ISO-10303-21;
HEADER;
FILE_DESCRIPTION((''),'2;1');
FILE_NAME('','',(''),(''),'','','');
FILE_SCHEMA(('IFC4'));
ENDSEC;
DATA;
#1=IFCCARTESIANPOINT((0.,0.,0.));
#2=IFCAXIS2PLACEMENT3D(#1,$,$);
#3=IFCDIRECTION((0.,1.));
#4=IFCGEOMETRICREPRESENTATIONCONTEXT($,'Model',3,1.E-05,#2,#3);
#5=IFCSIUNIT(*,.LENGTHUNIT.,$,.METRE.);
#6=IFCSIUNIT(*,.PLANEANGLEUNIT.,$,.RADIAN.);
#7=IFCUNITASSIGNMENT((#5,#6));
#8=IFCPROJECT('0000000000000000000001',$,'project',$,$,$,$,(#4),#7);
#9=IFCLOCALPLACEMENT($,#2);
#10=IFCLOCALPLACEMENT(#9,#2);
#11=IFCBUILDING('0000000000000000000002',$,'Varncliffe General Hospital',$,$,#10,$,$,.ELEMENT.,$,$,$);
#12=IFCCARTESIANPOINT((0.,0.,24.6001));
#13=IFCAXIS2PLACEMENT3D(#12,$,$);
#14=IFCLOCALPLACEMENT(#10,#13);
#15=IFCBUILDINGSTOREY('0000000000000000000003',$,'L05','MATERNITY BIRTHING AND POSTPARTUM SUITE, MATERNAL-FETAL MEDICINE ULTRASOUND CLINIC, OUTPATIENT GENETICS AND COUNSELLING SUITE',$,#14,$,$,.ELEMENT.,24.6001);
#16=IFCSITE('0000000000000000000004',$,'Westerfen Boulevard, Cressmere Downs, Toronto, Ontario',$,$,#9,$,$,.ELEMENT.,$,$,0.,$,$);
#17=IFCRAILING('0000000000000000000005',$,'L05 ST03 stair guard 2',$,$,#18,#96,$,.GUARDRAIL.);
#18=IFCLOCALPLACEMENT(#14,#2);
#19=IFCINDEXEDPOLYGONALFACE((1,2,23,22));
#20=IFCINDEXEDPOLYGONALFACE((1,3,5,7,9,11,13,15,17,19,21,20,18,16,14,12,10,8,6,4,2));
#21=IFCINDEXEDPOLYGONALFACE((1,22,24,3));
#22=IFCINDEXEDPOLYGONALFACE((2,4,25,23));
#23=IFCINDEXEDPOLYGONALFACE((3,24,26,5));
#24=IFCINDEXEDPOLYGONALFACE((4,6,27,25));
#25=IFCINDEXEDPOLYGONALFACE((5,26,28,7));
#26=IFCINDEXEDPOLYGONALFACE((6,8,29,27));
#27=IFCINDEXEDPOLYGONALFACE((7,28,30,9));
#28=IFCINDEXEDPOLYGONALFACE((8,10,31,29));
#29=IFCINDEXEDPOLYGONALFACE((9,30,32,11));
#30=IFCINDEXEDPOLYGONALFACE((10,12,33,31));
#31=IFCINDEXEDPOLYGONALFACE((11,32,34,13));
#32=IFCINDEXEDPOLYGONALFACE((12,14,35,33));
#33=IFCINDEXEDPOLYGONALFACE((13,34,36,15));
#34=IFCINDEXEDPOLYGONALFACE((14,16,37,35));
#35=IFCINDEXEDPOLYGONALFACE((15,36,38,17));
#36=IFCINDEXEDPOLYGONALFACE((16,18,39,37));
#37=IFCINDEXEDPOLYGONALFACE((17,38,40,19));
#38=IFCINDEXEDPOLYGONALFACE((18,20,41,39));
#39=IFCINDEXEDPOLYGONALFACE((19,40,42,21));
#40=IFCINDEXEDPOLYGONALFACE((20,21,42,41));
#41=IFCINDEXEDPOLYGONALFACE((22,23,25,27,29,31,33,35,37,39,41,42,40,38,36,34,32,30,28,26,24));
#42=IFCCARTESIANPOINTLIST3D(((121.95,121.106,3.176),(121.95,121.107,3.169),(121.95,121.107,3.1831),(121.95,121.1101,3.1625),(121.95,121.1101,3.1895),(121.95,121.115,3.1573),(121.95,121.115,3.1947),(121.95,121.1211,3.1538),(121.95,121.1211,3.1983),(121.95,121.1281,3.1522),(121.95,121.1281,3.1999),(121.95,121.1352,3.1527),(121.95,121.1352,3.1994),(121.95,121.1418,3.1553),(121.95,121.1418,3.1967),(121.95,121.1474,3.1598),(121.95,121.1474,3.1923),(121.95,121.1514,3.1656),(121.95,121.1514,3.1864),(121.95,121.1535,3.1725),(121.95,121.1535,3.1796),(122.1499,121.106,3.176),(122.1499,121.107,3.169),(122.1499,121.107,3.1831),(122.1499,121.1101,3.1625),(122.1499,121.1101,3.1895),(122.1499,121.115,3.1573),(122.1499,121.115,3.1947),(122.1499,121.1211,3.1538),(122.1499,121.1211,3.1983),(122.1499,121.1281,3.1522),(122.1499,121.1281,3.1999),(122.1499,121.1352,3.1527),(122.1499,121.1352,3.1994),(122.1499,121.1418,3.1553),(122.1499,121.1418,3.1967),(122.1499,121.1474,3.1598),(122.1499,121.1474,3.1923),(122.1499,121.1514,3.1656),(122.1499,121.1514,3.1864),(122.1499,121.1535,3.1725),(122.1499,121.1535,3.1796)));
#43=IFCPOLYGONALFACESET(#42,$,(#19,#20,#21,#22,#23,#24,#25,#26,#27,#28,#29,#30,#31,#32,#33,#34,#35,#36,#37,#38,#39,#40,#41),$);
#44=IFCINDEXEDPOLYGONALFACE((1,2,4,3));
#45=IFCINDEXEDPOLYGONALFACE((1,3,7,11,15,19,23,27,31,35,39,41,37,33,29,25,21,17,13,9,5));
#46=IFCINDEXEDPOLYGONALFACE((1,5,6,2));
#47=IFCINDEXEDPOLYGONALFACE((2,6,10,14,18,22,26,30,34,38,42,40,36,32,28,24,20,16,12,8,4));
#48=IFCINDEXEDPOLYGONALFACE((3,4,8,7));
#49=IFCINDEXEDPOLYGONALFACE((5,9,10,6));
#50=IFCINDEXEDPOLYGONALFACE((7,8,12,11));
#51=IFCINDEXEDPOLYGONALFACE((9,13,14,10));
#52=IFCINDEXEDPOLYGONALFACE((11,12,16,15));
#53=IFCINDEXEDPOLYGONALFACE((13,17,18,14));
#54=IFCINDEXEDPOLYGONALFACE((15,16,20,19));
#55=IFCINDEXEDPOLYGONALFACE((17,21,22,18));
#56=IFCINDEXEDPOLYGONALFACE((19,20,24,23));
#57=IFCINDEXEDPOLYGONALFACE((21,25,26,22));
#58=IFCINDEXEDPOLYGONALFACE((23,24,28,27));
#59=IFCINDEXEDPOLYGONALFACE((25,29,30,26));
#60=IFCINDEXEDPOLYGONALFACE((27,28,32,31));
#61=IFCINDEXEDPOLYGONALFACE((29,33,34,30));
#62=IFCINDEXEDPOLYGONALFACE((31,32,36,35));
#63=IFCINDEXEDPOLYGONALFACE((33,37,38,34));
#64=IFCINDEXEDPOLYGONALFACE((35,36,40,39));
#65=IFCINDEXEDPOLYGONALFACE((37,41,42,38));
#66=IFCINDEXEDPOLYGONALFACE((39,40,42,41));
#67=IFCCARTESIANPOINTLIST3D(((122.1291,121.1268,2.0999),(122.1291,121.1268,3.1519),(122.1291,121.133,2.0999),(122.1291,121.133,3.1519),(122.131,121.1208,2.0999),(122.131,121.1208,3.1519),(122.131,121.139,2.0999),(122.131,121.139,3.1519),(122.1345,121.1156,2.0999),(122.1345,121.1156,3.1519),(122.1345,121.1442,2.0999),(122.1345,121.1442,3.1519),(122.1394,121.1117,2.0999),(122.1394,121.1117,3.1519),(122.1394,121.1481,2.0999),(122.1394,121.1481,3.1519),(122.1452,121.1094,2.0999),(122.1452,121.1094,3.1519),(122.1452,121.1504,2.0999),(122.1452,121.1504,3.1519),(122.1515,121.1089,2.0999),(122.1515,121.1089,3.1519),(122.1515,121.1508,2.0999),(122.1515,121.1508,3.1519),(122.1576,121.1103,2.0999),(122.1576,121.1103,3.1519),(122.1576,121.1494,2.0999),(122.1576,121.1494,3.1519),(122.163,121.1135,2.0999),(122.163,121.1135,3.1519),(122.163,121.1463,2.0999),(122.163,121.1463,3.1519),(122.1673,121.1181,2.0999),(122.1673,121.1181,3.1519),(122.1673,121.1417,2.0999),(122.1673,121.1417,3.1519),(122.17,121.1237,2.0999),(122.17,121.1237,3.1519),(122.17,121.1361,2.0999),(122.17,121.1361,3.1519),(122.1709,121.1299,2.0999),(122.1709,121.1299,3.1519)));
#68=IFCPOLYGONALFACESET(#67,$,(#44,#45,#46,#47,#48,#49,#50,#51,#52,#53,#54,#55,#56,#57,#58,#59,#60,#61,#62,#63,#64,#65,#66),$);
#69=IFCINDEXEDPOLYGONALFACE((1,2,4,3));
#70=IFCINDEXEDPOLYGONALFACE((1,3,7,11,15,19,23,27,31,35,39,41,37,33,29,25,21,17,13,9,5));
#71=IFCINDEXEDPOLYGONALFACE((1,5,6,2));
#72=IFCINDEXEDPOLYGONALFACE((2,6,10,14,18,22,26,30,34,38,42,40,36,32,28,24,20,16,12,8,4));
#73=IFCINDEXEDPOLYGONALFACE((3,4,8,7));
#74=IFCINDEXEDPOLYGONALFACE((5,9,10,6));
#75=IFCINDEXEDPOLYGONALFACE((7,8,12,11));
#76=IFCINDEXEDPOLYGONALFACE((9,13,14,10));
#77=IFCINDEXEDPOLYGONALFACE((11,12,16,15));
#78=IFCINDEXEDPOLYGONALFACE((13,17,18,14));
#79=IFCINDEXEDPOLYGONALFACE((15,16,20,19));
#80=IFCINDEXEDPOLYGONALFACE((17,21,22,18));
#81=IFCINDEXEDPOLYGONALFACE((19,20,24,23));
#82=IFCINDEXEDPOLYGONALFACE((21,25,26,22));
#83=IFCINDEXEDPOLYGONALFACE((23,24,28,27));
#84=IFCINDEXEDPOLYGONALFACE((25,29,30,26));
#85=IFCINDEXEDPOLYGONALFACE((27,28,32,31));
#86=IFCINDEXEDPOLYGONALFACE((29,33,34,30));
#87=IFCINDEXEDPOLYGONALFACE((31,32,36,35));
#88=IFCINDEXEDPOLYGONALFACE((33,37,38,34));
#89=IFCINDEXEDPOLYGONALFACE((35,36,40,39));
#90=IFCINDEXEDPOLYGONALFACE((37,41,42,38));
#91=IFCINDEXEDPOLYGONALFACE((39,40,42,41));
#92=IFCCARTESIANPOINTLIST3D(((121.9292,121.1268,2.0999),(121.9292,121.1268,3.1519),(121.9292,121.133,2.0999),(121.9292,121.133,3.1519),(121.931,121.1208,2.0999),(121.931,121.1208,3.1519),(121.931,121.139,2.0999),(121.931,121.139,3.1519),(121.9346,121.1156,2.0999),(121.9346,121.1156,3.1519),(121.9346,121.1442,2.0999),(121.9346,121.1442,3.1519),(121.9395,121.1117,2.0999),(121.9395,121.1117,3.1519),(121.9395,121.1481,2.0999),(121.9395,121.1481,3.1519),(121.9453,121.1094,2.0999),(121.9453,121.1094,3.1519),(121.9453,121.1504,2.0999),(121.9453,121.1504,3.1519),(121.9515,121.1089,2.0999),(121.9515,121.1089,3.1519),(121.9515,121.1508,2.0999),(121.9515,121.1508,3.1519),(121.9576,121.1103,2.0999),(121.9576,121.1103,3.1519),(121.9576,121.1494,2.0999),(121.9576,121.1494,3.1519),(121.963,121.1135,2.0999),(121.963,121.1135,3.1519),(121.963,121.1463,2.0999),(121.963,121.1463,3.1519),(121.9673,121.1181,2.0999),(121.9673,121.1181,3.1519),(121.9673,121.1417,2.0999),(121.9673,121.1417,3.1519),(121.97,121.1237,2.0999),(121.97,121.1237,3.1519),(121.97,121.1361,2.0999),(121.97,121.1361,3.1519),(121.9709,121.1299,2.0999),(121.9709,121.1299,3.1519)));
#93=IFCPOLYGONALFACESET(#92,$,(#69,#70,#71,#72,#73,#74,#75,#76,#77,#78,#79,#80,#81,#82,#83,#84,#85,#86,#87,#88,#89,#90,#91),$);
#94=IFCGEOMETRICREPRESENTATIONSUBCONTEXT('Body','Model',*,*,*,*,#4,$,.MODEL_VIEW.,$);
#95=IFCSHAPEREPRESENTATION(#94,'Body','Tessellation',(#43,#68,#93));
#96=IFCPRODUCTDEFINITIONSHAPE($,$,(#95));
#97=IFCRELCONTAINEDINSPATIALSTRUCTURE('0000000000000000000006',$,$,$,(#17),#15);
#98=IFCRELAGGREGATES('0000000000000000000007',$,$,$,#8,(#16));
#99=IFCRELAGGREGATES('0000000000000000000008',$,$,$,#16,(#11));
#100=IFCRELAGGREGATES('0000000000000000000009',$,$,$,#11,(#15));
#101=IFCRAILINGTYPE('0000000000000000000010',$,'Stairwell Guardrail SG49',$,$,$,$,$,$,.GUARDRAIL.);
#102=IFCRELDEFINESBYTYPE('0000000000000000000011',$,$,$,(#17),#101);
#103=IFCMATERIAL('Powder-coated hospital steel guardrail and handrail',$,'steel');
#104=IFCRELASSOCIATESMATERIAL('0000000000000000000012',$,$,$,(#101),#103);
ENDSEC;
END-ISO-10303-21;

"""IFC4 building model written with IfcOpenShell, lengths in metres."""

from ifc_helpers import new_model, si_unit, direction, frame, origin, origin_2d, place, context, subcontext, project, spatial, circle, extrude, material, type_object, element, save


model = new_model("IFC4")

# Units and contexts
model_context = context("Model", 3, precision=1e-05, world=origin(), true_north=direction((0.0, 1.0)))
body_context = subcontext(model_context, "Body", "Model", "MODEL_VIEW")
ifc_project = project(units=[si_unit("LENGTHUNIT", "METRE"), si_unit("PLANEANGLEUNIT", "RADIAN")], contexts=[model_context])

# Site, building, storey
site_placement = place(None, origin())
site = spatial("IfcSite", under=ifc_project, at=site_placement, Name="Westerfen Boulevard, Cressmere Downs, Toronto, Ontario", CompositionType="ELEMENT", RefElevation=0.0)
building_placement = place(site_placement, origin())
building = spatial("IfcBuilding", under=site, at=building_placement, Name="Varncliffe General Hospital", CompositionType="ELEMENT")
storey_placement = place(building_placement, frame((0.0, 0.0, 24.6001)))
storey = spatial("IfcBuildingStorey", under=building, at=storey_placement, Name="L05", Description="MATERNITY BIRTHING AND POSTPARTUM SUITE, MATERNAL-FETAL MEDICINE ULTRASOUND CLINIC, OUTPATIENT GENETICS AND COUNSELLING SUITE", CompositionType="ELEMENT", Elevation=24.6001)

# Railing
ifc_material_1 = material(Name="Powder-coated hospital steel guardrail and handrail", Category="steel")
railing_type_1 = type_object("IfcRailingType", Name="Stairwell Guardrail SG49", PredefinedType="GUARDRAIL", material=ifc_material_1)
railing_1_placement = place(storey_placement, frame((122.1499, 121.1299, 2.0999)))
element("IfcRailing", 1, at=railing_1_placement, inside=storey, type_object=railing_type_1, Name="L05 ST03 stair guard 2", PredefinedType="GUARDRAIL", context=body_context, shape_type="SweptSolid", body=[
    extrude(circle(Radius=0.0239, at=origin_2d()), frame((0.0, 0.0, 1.0762), z_axis=(-1.0, 0.0, 0.0), x_axis=(0.0, -1.0, 0.0)), (0.0, 0.0, 1.0), 0.2),
    extrude(circle(Radius=0.021, at=origin_2d()), origin(), (0.0, 0.0, 1.0), 1.052),
    extrude(circle(Radius=0.021, at=origin_2d()), frame((-0.2, 0.0, 0.0)), (0.0, 0.0, 1.0), 1.052),
])

save(model, "model.ifc")
